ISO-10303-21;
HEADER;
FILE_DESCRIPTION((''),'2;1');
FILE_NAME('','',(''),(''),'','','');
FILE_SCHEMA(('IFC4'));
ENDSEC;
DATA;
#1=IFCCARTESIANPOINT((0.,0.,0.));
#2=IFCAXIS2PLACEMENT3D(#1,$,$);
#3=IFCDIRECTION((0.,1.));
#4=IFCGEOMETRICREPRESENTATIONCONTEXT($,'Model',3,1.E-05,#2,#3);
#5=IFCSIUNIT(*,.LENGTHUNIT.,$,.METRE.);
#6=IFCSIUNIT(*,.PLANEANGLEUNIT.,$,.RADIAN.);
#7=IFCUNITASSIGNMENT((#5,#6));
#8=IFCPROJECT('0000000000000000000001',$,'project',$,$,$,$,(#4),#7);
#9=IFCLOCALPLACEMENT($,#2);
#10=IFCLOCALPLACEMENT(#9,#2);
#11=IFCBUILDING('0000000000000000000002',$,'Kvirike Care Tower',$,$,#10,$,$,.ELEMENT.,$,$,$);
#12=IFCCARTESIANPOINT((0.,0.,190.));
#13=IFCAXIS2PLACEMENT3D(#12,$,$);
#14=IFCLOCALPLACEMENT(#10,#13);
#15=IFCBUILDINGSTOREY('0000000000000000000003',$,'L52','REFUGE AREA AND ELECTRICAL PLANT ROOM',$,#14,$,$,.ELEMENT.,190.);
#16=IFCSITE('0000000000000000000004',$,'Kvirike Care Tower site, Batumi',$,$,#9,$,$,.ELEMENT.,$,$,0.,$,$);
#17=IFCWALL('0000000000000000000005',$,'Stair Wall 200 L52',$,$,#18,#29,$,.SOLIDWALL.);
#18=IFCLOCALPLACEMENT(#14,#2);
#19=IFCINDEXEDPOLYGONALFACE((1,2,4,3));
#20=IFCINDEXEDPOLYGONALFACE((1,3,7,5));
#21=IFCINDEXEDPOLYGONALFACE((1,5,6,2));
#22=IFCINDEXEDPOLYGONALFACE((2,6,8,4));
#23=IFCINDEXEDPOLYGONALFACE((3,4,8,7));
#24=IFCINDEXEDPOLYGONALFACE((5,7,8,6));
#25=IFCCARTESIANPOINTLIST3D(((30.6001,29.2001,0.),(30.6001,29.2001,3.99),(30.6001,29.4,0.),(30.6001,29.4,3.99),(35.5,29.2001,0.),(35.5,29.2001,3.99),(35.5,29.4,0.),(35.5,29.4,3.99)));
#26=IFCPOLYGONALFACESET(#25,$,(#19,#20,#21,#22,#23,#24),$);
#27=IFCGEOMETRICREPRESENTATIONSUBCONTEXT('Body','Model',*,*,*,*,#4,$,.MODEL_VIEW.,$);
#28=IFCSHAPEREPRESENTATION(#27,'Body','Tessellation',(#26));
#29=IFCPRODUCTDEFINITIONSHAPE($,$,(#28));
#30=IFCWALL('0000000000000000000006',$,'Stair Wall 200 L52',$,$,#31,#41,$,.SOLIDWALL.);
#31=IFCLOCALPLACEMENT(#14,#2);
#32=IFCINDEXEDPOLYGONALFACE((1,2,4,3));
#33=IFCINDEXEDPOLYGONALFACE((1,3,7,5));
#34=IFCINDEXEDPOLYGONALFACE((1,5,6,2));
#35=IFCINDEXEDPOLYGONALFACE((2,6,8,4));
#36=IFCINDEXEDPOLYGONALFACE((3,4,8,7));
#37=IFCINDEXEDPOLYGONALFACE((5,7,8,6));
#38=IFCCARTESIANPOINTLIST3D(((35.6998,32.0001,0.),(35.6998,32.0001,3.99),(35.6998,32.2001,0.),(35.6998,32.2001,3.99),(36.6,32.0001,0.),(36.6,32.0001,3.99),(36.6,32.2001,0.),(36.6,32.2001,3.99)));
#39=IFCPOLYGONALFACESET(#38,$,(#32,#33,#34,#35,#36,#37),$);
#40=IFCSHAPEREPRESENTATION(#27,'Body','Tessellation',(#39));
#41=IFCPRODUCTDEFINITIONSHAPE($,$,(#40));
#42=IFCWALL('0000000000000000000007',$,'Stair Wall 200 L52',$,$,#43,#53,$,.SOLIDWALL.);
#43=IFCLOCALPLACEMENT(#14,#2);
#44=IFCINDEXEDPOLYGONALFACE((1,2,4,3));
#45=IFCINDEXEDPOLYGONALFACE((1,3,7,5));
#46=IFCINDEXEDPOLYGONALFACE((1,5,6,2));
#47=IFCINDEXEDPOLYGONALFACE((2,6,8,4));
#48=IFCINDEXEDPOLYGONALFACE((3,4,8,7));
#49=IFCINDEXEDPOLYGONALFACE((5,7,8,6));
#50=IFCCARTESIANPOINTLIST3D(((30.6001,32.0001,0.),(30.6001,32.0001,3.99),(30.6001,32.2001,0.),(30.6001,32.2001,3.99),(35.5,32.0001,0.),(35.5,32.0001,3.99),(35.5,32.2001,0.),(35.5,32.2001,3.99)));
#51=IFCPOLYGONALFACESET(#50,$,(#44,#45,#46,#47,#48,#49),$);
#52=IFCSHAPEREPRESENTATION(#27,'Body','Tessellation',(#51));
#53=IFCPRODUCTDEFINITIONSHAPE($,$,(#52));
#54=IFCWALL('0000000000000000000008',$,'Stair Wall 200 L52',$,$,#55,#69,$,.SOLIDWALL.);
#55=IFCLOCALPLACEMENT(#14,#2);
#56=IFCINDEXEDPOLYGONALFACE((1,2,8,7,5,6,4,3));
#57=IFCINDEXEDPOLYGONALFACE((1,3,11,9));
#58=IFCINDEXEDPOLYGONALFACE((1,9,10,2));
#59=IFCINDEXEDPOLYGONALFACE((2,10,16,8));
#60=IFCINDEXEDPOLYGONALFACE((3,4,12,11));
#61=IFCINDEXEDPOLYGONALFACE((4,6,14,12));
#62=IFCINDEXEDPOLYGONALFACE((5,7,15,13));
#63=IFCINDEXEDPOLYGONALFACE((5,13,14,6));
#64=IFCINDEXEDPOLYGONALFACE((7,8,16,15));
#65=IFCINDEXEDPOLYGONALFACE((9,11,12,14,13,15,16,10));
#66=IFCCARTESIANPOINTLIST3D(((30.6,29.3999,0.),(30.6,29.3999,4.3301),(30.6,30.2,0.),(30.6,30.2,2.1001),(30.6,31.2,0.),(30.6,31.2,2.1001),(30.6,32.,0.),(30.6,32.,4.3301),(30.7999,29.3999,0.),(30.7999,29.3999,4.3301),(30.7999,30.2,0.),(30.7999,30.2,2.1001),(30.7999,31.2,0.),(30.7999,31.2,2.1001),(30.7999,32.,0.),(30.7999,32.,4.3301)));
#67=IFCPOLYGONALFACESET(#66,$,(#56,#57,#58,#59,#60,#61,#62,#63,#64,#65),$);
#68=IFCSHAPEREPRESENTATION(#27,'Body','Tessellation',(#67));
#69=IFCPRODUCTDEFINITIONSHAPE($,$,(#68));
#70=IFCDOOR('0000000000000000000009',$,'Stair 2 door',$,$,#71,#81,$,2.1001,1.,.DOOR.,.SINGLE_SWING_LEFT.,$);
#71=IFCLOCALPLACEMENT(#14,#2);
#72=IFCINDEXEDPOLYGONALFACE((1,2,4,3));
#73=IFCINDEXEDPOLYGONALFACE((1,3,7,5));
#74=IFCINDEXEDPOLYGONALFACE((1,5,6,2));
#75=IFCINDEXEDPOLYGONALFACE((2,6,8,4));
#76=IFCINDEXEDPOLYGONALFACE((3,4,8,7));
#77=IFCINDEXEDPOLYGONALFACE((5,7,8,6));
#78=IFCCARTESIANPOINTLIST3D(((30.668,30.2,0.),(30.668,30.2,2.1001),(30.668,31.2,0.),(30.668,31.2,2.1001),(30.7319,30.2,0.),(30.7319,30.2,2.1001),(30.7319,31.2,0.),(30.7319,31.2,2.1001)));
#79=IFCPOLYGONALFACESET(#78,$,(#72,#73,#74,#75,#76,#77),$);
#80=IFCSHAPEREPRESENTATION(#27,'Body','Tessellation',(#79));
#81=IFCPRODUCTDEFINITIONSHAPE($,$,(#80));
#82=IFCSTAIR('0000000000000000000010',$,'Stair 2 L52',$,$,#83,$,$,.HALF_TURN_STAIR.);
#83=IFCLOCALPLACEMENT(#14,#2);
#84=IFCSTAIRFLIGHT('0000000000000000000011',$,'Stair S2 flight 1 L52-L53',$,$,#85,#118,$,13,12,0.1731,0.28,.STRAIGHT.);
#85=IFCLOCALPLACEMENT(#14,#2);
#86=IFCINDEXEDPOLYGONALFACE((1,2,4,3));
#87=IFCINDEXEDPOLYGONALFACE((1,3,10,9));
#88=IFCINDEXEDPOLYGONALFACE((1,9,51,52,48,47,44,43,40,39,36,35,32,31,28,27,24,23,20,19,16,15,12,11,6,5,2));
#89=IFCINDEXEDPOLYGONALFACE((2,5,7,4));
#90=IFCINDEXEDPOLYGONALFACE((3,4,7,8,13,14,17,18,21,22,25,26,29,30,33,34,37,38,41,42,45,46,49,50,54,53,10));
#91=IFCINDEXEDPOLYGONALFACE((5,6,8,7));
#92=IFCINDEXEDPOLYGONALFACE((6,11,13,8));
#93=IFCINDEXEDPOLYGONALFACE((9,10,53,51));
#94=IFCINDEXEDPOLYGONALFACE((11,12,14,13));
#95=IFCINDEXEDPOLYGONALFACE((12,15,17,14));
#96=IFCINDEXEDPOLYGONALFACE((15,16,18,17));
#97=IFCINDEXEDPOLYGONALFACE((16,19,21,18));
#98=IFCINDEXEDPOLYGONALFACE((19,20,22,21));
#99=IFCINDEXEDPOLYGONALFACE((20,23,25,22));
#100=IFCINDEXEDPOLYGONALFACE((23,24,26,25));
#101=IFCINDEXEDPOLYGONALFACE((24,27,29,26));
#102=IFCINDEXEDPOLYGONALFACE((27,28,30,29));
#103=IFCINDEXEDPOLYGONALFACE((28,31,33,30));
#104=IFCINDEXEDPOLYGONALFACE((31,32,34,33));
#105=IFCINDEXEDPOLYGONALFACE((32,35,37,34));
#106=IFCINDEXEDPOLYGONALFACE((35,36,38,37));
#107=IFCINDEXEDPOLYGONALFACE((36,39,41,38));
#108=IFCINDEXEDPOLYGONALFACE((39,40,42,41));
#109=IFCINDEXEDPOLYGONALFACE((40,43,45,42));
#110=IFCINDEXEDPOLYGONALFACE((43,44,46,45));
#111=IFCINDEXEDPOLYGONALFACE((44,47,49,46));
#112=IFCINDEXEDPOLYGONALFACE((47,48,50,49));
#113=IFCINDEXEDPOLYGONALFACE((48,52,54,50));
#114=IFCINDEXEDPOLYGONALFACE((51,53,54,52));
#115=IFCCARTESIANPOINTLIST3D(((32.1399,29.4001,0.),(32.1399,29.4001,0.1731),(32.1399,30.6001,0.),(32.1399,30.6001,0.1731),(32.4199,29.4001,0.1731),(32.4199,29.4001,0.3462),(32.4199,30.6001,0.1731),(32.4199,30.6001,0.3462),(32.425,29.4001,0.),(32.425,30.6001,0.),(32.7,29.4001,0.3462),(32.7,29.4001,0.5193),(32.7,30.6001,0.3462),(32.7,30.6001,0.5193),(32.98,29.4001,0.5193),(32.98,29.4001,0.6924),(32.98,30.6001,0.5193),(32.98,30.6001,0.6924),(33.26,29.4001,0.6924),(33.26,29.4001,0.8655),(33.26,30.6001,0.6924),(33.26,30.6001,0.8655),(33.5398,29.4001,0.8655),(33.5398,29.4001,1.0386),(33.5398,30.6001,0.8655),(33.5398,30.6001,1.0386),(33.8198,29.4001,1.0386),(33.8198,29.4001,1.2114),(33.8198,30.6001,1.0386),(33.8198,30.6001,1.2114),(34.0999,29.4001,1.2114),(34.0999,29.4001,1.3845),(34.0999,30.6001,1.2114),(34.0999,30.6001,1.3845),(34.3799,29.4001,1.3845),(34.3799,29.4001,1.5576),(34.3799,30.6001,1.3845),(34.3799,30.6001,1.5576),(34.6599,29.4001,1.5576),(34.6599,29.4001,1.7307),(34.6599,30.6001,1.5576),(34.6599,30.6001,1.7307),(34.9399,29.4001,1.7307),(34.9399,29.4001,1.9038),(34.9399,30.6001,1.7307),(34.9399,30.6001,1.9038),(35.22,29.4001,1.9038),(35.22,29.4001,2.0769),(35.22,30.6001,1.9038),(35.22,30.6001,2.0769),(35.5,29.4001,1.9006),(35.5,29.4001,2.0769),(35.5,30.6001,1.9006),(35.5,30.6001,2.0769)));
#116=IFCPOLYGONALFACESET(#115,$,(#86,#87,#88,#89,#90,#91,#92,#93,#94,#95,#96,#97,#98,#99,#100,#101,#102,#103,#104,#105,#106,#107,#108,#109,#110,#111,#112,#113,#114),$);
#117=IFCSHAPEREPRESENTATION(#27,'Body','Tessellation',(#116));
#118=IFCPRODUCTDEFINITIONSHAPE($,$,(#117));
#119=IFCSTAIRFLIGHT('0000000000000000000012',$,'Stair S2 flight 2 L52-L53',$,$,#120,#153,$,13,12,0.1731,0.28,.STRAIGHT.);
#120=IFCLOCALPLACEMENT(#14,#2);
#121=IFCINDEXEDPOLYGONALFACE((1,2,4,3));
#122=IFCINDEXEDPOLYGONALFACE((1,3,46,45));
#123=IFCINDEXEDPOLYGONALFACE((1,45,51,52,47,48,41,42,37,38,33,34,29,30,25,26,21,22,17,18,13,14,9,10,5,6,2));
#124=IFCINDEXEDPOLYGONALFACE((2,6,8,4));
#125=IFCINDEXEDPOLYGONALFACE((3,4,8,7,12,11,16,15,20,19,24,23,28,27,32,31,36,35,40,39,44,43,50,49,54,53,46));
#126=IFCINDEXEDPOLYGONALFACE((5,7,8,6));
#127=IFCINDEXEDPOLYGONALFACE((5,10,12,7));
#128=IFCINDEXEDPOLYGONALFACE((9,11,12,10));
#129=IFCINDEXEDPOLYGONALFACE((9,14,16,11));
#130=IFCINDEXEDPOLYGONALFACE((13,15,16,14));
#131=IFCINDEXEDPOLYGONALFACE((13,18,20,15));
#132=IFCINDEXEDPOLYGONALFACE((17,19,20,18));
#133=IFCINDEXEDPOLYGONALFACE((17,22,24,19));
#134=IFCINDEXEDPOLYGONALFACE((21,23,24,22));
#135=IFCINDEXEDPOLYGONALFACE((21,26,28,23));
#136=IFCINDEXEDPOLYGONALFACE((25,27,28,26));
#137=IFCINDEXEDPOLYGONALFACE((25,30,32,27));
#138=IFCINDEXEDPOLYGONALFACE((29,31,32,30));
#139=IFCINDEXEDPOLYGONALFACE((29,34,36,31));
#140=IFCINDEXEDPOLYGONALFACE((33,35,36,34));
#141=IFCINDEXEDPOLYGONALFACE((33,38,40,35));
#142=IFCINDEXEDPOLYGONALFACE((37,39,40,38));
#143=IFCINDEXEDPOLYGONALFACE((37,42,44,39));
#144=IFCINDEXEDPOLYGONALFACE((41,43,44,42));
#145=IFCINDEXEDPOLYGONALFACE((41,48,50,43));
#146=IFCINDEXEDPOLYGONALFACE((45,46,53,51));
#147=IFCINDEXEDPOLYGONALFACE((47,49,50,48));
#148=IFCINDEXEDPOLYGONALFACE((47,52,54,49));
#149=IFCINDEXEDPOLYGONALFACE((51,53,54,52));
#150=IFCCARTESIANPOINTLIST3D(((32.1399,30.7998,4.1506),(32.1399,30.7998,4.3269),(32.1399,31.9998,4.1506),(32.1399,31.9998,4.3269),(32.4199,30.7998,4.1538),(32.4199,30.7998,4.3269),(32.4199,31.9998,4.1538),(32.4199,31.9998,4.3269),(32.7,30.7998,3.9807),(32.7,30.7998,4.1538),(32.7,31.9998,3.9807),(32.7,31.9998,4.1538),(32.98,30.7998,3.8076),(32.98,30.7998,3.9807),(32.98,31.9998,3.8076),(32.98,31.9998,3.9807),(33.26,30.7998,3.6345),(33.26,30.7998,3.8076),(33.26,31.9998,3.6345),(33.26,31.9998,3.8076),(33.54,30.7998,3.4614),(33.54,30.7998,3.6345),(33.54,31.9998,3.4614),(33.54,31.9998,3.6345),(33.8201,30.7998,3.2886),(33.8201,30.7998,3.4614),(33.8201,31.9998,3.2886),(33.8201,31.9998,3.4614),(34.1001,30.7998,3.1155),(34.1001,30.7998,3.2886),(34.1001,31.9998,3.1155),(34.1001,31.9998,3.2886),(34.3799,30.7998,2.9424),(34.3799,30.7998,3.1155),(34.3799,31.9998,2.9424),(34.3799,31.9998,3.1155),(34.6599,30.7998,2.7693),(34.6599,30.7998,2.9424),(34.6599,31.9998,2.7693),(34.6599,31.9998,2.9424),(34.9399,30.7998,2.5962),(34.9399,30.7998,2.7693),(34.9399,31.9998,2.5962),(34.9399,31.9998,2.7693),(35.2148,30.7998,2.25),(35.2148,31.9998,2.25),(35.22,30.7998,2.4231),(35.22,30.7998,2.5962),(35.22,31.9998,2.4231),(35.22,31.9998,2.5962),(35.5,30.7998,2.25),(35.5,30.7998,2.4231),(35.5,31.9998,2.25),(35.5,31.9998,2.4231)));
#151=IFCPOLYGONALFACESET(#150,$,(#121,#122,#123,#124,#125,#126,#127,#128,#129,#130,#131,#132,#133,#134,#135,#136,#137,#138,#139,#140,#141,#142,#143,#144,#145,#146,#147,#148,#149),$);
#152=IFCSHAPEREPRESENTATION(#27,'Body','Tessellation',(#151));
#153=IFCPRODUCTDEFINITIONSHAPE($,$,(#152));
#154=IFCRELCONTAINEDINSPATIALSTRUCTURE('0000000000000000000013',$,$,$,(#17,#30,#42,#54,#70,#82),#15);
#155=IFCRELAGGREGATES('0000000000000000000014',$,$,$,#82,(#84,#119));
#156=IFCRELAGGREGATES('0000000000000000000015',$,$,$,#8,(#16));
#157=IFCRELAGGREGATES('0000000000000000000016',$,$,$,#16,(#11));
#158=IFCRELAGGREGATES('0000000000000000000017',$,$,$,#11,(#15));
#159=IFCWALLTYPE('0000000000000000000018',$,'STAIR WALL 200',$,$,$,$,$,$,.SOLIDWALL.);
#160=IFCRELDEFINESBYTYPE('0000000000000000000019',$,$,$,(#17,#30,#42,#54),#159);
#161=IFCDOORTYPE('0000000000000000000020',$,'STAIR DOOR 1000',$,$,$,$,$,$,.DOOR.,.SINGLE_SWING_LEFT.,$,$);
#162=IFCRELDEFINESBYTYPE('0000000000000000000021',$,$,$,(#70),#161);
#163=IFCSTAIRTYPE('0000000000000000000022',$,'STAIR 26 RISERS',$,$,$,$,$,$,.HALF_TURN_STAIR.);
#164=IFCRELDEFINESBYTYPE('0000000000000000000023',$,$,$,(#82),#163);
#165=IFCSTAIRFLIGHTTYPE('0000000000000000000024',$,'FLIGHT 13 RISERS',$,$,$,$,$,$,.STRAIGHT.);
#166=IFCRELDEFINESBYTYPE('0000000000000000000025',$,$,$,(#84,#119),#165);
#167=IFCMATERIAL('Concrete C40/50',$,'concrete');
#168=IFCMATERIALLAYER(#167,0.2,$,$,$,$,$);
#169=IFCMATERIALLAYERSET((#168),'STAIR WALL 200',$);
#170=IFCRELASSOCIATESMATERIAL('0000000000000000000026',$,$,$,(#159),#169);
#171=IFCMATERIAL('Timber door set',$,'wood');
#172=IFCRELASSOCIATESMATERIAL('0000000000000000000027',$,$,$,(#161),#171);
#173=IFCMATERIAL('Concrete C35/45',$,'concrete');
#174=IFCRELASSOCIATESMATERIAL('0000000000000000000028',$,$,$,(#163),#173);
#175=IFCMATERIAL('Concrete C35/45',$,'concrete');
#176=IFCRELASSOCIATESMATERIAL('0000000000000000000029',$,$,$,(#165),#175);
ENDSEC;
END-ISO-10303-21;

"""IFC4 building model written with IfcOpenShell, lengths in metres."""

from ifc_helpers import new_model, si_unit, direction, frame, frame_2d, origin, place, context, subcontext, project, spatial, polyline, rectangle, outline, extrude, material, layer, layer_set, type_object, element, fill, aggregate, save


model = new_model("IFC4")

# Units and contexts
model_context = context("Model", 3, precision=1e-05, world=origin(), true_north=direction((0.0, 1.0)))
body_context = subcontext(model_context, "Body", "Model", "MODEL_VIEW")
ifc_project = project(units=[si_unit("LENGTHUNIT", "METRE"), si_unit("PLANEANGLEUNIT", "RADIAN")], contexts=[model_context])

# Site, building, storey
site_placement = place(None, origin())
site = spatial("IfcSite", under=ifc_project, at=site_placement, Name="Kvirike Care Tower site, Batumi", CompositionType="ELEMENT", RefElevation=0.0)
building_placement = place(site_placement, origin())
building = spatial("IfcBuilding", under=site, at=building_placement, Name="Kvirike Care Tower", CompositionType="ELEMENT")
storey_placement = place(building_placement, frame((0.0, 0.0, 190.0)))
storey = spatial("IfcBuildingStorey", under=building, at=storey_placement, Name="L52", Description="REFUGE AREA AND ELECTRICAL PLANT ROOM", CompositionType="ELEMENT", Elevation=190.0)

# Walls
ifc_material_1 = material(Name="Concrete C40/50", Category="concrete")
ifc_layer_1 = layer(ifc_material_1, 0.2)
ifc_layer_set_1 = layer_set([ifc_layer_1], Name="STAIR WALL 200")
wall_type = type_object("IfcWallType", Name="STAIR WALL 200", PredefinedType="SOLIDWALL", material=ifc_layer_set_1)
wall_1_placement = place(storey_placement, frame((35.5, 29.3, 0.0), z_axis=(0.0, 0.0, 1.0), x_axis=(-1.0, 0.0, 0.0)))
element("IfcWall", 1, at=wall_1_placement, inside=storey, type_object=wall_type, Name="Stair Wall 200 L52", PredefinedType="SOLIDWALL", context=body_context, shape_type="SweptSolid", body=[
    extrude(rectangle(XDim=4.8999, YDim=0.2, at=frame_2d((2.45, 0.0))), origin(), (0.0, 0.0, 1.0), 3.99),
])
wall_2_placement = place(storey_placement, frame((36.6001, 32.1001, 0.0), z_axis=(0.0, 0.0, 1.0), x_axis=(-1.0, 0.0, 0.0)))
element("IfcWall", 2, at=wall_2_placement, inside=storey, type_object=wall_type, Name="Stair Wall 200 L52", PredefinedType="SOLIDWALL", context=body_context, shape_type="SweptSolid", body=[
    extrude(rectangle(XDim=0.9001, YDim=0.2, at=frame_2d((0.4502, 0.0))), origin(), (0.0, 0.0, 1.0), 3.99),
])
wall_3_placement = place(storey_placement, frame((35.5, 32.1001, 0.0), z_axis=(0.0, 0.0, 1.0), x_axis=(-1.0, 0.0, 0.0)))
element("IfcWall", 3, at=wall_3_placement, inside=storey, type_object=wall_type, Name="Stair Wall 200 L52", PredefinedType="SOLIDWALL", context=body_context, shape_type="SweptSolid", body=[
    extrude(rectangle(XDim=4.8999, YDim=0.2, at=frame_2d((2.45, 0.0))), origin(), (0.0, 0.0, 1.0), 3.99),
])

# Wall, opening, door
wall_4_placement = place(storey_placement, frame((30.7, 29.3999, 0.0), z_axis=(0.0, 0.0, 1.0), x_axis=(0.0, 1.0, 0.0)))
wall_4 = element("IfcWall", 4, at=wall_4_placement, inside=storey, type_object=wall_type, Name="Stair Wall 200 L52", PredefinedType="SOLIDWALL", context=body_context, shape_type="SweptSolid", body=[
    extrude(rectangle(XDim=2.6001, YDim=0.2, at=frame_2d((1.3, 0.0))), origin(), (0.0, 0.0, 1.0), 4.3301),
])
opening_placement = place(wall_4_placement, frame((0.8, 0.0, 0.0)))
opening = element("IfcOpeningElement", 5, at=opening_placement, cuts=wall_4, PredefinedType="OPENING", context=body_context, shape_type="SweptSolid", body=[
    extrude(rectangle(XDim=1.0, YDim=2.1001, at=frame_2d((0.5, 1.05))), frame((0.0, 0.1106, 0.0), z_axis=(0.0, -1.0, 0.0), x_axis=(1.0, 0.0, 0.0)), (0.0, 0.0, 1.0), 0.2209),
])
ifc_material_2 = material(Name="Timber door set", Category="wood")
door_type = type_object("IfcDoorType", Name="STAIR DOOR 1000", OperationType="SINGLE_SWING_LEFT", PredefinedType="DOOR", material=ifc_material_2)
door_placement = place(opening_placement, frame((1.0, 0.0, 0.0), z_axis=(0.0, 0.0, 1.0), x_axis=(-1.0, 0.0, 0.0)))
door = element("IfcDoor", 6, at=door_placement, inside=storey, type_object=door_type, Name="Stair 2 door", OperationType="SINGLE_SWING_LEFT", OverallHeight=2.1001, OverallWidth=1.0, PredefinedType="DOOR", context=body_context, shape_type="SweptSolid", body=[
    extrude(rectangle(XDim=1.0, YDim=2.1001, at=frame_2d((0.5, 1.05))), frame((0.0, 0.032, 0.0), z_axis=(0.0, -1.0, 0.0), x_axis=(1.0, 0.0, 0.0)), (0.0, 0.0, 1.0), 0.064),
])
fill(opening, door)

# Stair, stair flights
ifc_material_3 = material(Name="Concrete C35/45", Category="concrete")
stair_type = type_object("IfcStairType", Name="STAIR 26 RISERS", PredefinedType="HALF_TURN_STAIR", material=ifc_material_3)
stair_placement = place(storey_placement, origin())
stair = element("IfcStair", 7, at=stair_placement, inside=storey, type_object=stair_type, Name="Stair 2 L52", PredefinedType="HALF_TURN_STAIR")
ifc_material_4 = material(Name="Concrete C35/45", Category="concrete")
stair_flight_type = type_object("IfcStairFlightType", Name="FLIGHT 13 RISERS", PredefinedType="STRAIGHT", material=ifc_material_4)
stair_flight_1_placement = place(storey_placement, frame((32.1399, 30.0, 0.0), z_axis=(0.0, 0.0, 1.0), x_axis=(1.0, 0.0, 0.0)))
stair_flight_1 = element("IfcStairFlight", 8, at=stair_flight_1_placement, type_object=stair_flight_type, Name="Stair S2 flight 1 L52-L53", NumberOfRisers=13, NumberOfTreads=12, PredefinedType="STRAIGHT", RiserHeight=0.1731, TreadLength=0.28, context=body_context, shape_type="SweptSolid", body=[
    extrude(outline(polyline([(0.0, 0.0), (0.0, 0.1731), (0.28, 0.1731), (0.28, 0.3462), (0.5601, 0.3462), (0.5601, 0.5193), (0.8401, 0.5193), (0.8401, 0.6924), (1.1201, 0.6924), (1.1201, 0.8655), (1.3999, 0.8655), (1.3999, 1.0386), (1.6799, 1.0386), (1.6799, 1.2114), (1.96, 1.2114), (1.96, 1.3845), (2.24, 1.3845), (2.24, 1.5576), (2.52, 1.5576), (2.52, 1.7307), (2.8, 1.7307), (2.8, 1.9038), (3.0801, 1.9038), (3.0801, 2.0769), (3.3601, 2.0769), (3.3601, 2.25), (3.3601, 1.9006), (0.2852, 0.0), (0.0, 0.0)])), frame((0.0, 0.6001, 0.0), z_axis=(0.0, -1.0, 0.0), x_axis=(1.0, 0.0, 0.0)), (0.0, 0.0, 1.0), 1.2),
])
stair_flight_2_placement = place(storey_placement, frame((35.5, 31.3999, 2.25), z_axis=(0.0, 0.0, 1.0), x_axis=(-1.0, 0.0, 0.0)))
stair_flight_2 = element("IfcStairFlight", 9, at=stair_flight_2_placement, type_object=stair_flight_type, Name="Stair S2 flight 2 L52-L53", NumberOfRisers=13, NumberOfTreads=12, PredefinedType="STRAIGHT", RiserHeight=0.1731, TreadLength=0.28, context=body_context, shape_type="SweptSolid", body=[
    extrude(outline(polyline([(0.0, 0.0), (0.0, 0.1731), (0.28, 0.1731), (0.28, 0.3462), (0.5601, 0.3462), (0.5601, 0.5193), (0.8401, 0.5193), (0.8401, 0.6924), (1.1201, 0.6924), (1.1201, 0.8655), (1.3999, 0.8655), (1.3999, 1.0386), (1.6799, 1.0386), (1.6799, 1.2114), (1.96, 1.2114), (1.96, 1.3845), (2.24, 1.3845), (2.24, 1.5576), (2.52, 1.5576), (2.52, 1.7307), (2.8, 1.7307), (2.8, 1.9038), (3.0801, 1.9038), (3.0801, 2.0769), (3.3601, 2.0769), (3.3601, 2.25), (3.3601, 1.9006), (0.2852, 0.0), (0.0, 0.0)])), frame((0.0, 0.6001, 0.0), z_axis=(0.0, -1.0, 0.0), x_axis=(1.0, 0.0, 0.0)), (0.0, 0.0, 1.0), 1.2),
])
aggregate(stair, [stair_flight_1, stair_flight_2])

save(model, "model.ifc")
